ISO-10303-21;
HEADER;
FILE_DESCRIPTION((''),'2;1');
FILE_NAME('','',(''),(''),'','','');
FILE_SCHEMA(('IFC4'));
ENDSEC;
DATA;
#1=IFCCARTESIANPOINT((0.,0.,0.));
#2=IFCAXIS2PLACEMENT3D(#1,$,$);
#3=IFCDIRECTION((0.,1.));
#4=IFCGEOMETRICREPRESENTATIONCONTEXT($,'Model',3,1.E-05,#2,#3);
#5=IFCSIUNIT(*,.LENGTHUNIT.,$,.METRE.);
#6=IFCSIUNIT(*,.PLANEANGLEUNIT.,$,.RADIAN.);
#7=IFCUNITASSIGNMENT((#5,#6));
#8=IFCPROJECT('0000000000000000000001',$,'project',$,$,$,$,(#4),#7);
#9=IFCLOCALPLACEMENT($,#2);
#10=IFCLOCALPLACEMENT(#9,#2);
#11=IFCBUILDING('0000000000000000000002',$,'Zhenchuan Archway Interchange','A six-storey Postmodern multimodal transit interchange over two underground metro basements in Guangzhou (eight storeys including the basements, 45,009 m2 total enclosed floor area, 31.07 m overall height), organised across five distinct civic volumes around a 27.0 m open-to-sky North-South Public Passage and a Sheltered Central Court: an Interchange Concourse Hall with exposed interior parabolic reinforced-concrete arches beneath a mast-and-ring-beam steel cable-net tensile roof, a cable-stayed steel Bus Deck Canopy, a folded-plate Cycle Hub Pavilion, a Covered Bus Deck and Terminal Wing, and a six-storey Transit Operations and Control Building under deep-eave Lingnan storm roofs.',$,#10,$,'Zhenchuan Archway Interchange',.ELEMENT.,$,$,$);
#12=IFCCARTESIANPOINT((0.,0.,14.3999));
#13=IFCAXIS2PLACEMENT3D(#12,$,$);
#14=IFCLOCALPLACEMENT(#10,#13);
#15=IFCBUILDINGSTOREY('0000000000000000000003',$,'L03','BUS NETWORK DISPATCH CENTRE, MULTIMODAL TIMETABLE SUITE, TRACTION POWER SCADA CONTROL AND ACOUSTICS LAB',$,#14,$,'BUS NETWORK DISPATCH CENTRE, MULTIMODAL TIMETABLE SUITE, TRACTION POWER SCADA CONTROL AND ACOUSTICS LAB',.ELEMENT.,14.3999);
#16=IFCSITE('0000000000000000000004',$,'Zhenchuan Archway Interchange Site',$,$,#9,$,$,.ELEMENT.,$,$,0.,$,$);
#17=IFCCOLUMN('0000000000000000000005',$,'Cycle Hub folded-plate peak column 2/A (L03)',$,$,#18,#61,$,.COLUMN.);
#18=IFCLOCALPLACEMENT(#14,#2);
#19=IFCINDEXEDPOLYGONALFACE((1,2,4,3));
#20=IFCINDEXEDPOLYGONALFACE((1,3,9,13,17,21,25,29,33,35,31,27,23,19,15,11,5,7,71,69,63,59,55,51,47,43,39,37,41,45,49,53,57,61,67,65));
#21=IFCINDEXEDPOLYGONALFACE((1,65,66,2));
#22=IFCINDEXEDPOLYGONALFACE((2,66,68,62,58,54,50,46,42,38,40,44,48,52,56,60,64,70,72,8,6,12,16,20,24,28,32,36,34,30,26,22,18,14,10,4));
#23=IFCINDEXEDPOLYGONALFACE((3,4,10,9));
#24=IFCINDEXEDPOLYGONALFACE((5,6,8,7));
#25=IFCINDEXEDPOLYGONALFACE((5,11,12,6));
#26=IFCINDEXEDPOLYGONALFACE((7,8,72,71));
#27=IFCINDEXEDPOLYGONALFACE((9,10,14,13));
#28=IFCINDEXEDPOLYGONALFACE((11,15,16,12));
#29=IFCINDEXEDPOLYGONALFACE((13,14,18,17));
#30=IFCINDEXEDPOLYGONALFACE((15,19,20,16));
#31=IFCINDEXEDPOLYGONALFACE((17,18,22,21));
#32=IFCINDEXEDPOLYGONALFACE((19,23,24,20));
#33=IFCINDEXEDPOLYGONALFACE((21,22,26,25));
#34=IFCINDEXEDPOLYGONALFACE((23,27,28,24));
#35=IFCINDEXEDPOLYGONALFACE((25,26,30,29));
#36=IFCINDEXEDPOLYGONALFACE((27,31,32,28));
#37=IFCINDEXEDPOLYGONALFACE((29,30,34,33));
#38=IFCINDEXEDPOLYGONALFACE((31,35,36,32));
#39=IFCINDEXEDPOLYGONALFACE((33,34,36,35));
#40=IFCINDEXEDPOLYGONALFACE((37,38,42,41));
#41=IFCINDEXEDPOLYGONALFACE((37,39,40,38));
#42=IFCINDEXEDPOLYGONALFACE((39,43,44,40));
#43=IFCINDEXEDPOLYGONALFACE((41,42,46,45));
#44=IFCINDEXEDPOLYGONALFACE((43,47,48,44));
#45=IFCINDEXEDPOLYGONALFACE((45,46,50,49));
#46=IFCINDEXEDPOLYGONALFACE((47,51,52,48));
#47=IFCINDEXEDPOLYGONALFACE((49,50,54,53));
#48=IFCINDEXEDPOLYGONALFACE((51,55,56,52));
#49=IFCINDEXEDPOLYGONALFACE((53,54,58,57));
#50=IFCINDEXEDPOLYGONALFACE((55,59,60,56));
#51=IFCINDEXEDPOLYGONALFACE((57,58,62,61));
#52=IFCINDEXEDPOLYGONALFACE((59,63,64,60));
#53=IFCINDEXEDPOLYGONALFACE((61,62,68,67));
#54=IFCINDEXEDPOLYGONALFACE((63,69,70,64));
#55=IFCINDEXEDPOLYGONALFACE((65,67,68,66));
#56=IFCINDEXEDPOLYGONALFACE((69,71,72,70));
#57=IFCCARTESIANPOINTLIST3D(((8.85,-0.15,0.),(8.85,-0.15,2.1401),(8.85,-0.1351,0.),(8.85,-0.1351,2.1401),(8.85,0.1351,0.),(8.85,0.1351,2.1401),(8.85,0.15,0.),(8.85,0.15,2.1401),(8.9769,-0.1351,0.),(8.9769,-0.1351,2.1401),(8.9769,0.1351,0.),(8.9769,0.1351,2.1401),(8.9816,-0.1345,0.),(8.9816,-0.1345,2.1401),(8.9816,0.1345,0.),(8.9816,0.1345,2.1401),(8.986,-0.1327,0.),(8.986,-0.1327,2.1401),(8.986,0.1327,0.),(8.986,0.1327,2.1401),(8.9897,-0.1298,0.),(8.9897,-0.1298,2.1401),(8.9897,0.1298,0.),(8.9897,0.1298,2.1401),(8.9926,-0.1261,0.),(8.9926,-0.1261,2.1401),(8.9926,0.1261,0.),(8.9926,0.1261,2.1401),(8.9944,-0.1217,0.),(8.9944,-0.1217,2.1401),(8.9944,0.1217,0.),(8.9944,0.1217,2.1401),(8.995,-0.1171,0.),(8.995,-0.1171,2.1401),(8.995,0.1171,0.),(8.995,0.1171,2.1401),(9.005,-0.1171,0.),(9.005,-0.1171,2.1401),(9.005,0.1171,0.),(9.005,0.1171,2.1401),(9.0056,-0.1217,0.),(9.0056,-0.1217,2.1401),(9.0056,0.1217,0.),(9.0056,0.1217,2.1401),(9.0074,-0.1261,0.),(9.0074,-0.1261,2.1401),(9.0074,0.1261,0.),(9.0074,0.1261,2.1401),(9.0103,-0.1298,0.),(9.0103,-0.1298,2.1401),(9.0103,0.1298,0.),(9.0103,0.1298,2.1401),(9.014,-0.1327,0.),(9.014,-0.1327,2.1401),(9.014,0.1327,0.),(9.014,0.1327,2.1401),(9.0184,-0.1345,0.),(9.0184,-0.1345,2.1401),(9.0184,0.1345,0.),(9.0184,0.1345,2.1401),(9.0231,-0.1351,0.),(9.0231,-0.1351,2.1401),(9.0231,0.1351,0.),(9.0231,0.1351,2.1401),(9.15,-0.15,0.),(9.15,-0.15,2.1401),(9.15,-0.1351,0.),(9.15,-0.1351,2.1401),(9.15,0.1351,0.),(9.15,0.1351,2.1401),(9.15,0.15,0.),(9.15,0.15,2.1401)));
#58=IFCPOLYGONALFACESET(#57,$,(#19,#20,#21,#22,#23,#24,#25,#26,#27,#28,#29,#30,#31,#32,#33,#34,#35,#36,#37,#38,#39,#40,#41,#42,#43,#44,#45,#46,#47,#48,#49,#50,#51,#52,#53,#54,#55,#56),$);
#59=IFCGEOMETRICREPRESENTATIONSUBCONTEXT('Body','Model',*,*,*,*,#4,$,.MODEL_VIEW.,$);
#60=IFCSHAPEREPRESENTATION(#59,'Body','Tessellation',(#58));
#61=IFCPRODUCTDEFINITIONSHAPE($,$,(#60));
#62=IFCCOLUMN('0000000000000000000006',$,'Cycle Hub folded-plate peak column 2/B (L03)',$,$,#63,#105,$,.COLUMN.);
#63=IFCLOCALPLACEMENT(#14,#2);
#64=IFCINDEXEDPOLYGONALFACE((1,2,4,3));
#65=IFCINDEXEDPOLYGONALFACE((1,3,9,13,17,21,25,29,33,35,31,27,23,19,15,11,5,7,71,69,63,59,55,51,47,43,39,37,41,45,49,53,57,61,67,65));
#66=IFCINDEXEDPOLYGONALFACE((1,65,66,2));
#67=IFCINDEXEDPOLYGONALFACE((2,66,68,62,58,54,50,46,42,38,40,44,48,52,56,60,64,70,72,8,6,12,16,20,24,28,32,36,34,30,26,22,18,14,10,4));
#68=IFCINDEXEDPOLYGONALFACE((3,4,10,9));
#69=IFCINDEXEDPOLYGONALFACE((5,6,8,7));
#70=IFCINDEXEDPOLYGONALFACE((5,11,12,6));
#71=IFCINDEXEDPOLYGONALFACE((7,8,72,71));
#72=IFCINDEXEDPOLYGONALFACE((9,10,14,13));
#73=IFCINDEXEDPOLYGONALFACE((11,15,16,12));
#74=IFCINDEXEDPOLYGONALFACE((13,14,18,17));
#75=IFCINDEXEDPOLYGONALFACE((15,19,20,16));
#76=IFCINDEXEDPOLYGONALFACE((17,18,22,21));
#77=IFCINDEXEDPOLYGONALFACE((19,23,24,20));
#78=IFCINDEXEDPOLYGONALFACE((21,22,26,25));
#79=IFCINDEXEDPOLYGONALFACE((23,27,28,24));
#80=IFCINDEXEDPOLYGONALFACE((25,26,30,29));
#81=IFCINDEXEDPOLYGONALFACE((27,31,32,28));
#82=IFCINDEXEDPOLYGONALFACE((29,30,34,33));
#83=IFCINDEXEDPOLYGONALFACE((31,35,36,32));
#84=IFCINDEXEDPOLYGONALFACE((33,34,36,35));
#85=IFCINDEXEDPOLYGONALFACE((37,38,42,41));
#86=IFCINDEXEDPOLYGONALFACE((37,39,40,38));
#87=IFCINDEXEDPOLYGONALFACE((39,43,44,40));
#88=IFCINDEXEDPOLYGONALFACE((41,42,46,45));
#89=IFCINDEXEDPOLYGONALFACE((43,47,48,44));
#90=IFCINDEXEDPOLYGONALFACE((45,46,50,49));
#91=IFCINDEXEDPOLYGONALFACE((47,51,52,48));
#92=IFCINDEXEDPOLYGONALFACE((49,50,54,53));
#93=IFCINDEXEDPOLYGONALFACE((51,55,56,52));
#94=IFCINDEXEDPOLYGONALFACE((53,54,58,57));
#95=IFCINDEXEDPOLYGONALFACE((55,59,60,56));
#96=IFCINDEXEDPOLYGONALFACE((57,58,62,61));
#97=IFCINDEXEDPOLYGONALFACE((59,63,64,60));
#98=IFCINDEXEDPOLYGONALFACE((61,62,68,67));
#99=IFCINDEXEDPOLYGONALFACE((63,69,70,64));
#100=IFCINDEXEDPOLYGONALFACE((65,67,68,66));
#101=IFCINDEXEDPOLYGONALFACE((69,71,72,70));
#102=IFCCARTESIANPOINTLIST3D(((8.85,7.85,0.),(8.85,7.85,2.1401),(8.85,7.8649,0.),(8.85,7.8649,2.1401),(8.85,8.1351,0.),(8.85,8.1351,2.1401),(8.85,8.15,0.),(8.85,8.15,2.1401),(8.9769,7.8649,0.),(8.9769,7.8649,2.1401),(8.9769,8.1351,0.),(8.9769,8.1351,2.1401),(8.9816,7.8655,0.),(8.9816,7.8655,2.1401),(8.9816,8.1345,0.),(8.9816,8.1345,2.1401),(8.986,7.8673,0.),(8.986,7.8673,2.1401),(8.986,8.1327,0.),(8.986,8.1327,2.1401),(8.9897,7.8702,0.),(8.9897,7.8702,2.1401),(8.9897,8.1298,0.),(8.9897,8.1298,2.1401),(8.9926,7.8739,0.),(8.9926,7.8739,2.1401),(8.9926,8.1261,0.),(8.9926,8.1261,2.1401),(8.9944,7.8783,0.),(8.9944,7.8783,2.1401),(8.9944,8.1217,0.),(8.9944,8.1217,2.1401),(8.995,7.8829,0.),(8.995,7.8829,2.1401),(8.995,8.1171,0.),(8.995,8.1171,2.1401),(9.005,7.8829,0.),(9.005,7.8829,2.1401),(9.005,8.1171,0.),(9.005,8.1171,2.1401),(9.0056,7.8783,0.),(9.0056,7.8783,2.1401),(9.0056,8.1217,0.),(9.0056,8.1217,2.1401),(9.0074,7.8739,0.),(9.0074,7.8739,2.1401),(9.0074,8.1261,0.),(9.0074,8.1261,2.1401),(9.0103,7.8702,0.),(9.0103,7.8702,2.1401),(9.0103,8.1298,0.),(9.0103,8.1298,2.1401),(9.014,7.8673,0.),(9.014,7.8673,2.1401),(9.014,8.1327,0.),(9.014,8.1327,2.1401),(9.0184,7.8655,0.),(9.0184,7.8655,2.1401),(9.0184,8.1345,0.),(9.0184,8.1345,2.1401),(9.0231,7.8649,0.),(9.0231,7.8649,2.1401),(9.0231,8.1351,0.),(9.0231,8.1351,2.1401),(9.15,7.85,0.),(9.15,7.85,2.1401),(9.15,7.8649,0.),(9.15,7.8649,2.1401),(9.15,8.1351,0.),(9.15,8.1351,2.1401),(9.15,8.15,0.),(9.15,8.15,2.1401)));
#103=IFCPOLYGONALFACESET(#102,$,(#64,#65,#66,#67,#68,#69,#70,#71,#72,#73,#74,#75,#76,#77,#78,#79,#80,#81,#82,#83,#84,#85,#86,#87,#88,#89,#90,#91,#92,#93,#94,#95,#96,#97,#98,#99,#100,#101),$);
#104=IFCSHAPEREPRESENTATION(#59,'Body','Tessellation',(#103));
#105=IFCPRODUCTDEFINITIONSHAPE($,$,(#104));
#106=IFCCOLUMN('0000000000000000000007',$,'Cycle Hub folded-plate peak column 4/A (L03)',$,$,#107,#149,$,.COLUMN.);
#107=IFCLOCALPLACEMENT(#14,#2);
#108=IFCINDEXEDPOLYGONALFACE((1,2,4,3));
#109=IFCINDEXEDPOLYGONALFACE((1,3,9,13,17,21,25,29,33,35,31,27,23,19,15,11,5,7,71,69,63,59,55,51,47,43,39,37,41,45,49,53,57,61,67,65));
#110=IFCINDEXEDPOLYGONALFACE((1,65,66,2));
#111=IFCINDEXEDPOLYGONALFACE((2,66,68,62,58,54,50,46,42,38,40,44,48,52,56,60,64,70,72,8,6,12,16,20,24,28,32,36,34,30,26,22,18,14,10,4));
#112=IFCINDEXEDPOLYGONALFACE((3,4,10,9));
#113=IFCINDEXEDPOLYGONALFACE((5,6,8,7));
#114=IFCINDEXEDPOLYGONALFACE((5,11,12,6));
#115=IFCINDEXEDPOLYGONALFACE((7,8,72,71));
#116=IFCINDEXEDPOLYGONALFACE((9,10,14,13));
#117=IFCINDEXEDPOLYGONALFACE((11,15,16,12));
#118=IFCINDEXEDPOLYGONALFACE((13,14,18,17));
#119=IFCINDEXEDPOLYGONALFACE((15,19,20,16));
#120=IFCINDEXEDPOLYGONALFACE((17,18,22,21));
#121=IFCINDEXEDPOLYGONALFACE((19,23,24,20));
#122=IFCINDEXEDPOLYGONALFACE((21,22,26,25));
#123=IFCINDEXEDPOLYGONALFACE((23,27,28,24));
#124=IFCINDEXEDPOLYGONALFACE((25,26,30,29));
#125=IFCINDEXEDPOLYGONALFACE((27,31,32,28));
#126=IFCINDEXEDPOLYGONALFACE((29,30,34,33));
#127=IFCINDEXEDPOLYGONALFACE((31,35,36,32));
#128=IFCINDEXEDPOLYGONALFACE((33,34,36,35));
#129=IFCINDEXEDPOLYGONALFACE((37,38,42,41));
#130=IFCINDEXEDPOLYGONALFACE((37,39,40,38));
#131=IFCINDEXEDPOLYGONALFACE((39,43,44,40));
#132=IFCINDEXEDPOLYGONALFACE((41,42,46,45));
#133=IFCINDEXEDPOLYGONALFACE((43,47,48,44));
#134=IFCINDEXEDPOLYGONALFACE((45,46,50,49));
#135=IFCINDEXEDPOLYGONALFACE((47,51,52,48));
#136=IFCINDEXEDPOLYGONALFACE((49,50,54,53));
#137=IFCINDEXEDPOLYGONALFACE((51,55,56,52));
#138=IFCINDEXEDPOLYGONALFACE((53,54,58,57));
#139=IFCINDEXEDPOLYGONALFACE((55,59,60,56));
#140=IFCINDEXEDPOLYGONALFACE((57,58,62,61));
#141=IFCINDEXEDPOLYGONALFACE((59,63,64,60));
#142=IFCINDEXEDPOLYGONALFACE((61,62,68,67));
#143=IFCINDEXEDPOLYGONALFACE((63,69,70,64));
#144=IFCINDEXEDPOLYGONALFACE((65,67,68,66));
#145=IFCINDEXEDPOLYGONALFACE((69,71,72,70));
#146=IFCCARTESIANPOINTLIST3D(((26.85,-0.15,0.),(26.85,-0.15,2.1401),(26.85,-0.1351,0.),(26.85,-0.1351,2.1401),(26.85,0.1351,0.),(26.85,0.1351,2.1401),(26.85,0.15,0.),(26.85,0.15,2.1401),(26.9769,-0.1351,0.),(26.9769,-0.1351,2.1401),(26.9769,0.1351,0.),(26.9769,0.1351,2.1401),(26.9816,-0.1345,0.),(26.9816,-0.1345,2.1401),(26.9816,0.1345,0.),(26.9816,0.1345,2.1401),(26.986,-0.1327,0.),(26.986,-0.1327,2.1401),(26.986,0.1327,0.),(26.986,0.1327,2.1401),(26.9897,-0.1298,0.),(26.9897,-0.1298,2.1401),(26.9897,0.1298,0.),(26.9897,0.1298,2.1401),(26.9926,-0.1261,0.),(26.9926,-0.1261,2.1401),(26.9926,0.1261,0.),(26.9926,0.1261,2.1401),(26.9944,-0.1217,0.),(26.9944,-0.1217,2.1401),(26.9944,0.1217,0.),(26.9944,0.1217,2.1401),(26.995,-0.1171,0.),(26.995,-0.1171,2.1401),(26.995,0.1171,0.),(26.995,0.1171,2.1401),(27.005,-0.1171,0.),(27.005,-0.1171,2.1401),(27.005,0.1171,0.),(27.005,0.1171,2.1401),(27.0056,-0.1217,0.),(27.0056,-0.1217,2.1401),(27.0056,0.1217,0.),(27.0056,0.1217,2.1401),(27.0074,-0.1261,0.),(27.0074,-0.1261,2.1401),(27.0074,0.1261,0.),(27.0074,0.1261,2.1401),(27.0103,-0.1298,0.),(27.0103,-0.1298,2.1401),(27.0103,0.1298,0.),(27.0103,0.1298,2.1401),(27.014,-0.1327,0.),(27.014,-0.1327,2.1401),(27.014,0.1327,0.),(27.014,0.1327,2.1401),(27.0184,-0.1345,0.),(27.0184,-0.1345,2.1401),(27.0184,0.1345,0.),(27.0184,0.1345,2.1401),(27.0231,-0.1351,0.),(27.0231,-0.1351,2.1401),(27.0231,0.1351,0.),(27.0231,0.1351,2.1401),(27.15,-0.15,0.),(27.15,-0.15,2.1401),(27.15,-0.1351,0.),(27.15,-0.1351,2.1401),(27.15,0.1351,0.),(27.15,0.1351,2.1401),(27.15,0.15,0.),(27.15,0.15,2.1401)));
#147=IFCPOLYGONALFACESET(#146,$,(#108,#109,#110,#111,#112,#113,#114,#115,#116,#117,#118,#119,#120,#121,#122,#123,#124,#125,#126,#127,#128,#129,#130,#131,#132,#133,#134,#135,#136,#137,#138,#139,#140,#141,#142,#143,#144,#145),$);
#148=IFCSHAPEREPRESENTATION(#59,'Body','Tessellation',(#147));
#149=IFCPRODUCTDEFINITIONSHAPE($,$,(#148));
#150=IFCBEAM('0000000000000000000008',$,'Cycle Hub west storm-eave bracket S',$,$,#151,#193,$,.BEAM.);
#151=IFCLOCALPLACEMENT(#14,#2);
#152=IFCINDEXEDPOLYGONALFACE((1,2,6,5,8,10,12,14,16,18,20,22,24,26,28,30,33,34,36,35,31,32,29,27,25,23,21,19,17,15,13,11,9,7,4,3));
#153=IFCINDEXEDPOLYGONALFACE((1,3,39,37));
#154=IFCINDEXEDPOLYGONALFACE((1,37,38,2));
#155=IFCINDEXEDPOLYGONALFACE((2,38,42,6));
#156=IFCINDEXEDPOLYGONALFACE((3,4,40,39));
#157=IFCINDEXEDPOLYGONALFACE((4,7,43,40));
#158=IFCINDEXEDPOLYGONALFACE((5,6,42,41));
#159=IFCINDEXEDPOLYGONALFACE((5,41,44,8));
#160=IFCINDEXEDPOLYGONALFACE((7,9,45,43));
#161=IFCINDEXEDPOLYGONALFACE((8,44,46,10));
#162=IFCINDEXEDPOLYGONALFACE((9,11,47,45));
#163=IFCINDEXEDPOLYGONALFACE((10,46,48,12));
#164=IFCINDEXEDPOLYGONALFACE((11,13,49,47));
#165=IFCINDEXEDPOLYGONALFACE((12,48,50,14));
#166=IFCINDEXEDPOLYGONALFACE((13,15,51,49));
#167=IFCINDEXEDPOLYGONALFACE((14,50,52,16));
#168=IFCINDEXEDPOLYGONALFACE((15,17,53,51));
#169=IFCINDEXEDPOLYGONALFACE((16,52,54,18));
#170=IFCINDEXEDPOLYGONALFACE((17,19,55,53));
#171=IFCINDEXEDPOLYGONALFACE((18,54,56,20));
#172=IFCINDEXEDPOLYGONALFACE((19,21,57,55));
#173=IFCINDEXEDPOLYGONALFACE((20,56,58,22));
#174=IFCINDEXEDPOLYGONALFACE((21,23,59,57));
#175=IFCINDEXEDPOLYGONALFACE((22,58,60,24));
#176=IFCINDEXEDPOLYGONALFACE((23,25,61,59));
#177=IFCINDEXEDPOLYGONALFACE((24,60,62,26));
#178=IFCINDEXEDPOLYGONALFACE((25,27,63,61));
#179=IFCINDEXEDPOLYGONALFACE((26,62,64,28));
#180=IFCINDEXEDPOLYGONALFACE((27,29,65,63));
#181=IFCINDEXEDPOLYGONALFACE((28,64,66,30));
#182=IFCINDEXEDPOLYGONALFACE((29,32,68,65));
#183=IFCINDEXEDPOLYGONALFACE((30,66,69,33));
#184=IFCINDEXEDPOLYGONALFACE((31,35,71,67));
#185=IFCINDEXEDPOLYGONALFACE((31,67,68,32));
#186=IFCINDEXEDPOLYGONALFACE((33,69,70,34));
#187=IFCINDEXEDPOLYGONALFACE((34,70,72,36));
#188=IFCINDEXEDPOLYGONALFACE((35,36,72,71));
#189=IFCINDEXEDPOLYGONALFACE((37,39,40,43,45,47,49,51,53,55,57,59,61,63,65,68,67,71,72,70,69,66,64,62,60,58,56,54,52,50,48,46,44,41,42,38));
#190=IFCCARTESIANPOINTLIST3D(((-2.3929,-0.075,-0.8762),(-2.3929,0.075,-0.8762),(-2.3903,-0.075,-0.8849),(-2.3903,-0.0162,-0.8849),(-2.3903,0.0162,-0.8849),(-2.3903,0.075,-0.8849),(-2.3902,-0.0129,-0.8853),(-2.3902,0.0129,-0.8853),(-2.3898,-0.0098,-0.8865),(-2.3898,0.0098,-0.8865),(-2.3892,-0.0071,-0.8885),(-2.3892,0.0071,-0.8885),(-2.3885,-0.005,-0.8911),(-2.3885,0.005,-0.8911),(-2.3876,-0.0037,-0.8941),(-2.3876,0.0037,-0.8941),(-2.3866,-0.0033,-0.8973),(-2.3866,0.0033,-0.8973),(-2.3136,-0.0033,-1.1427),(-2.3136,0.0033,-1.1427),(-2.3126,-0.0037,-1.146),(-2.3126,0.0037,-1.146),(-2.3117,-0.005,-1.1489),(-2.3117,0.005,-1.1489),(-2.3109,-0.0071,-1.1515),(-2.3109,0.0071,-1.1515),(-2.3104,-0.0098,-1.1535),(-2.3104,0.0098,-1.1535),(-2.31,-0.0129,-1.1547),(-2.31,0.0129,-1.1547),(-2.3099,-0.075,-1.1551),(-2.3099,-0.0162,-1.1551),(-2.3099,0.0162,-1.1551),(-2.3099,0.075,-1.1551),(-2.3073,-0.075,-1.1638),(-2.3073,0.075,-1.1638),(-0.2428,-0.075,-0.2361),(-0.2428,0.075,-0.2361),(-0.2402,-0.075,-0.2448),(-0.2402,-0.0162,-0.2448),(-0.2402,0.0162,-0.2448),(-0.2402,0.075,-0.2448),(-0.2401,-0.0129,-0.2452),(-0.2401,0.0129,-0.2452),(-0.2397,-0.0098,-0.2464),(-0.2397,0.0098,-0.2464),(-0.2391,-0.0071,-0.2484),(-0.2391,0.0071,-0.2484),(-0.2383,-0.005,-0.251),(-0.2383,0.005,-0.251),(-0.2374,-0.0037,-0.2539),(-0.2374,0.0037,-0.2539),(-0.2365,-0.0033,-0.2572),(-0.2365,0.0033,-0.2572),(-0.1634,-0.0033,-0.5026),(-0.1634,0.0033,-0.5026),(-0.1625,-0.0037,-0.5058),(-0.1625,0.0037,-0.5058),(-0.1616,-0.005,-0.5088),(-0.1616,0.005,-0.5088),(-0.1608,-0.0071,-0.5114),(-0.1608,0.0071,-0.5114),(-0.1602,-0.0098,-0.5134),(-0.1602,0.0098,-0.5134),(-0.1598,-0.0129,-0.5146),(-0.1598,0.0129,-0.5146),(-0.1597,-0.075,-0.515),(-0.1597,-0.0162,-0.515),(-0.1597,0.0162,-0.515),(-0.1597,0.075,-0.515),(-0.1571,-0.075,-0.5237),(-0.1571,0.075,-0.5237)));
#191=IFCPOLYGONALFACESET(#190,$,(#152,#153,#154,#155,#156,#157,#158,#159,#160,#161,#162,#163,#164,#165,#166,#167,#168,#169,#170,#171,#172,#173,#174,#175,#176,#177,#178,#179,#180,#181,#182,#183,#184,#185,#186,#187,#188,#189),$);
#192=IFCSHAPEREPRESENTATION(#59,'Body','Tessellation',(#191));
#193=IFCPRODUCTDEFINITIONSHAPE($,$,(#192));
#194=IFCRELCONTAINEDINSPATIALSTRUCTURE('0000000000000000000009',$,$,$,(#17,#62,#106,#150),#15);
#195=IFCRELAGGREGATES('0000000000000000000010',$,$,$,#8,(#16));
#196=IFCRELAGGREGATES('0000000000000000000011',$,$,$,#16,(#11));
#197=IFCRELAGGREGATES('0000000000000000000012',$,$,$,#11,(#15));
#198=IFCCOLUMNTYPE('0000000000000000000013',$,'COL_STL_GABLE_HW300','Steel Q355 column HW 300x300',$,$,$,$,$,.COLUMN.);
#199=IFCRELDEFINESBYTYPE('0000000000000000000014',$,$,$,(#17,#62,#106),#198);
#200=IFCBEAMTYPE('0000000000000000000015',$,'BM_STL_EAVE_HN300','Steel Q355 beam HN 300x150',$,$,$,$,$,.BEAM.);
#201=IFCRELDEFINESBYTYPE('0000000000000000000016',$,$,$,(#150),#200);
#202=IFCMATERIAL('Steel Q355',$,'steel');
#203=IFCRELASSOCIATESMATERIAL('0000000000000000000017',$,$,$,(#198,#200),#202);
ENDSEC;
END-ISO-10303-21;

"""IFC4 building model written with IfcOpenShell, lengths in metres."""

from ifc_helpers import new_model, si_unit, direction, frame, origin, origin_2d, place, context, subcontext, project, spatial, i_section, extrude, material, material_profile, profile_set, type_object, element, save


model = new_model("IFC4")

# Units and contexts
model_context = context("Model", 3, precision=1e-05, world=origin(), true_north=direction((0.0, 1.0)))
body_context = subcontext(model_context, "Body", "Model", "MODEL_VIEW")
ifc_project = project(units=[si_unit("LENGTHUNIT", "METRE"), si_unit("PLANEANGLEUNIT", "RADIAN")], contexts=[model_context])

# Site, building, storey
site_placement = place(None, origin())
site = spatial("IfcSite", under=ifc_project, at=site_placement, Name="Zhenchuan Archway Interchange Site", CompositionType="ELEMENT", RefElevation=0.0)
building_placement = place(site_placement, origin())
building = spatial("IfcBuilding", under=site, at=building_placement, Name="Zhenchuan Archway Interchange", Description="A six-storey Postmodern multimodal transit interchange over two underground metro basements in Guangzhou (eight storeys including the basements, 45,009 m2 total enclosed floor area, 31.07 m overall height), organised across five distinct civic volumes around a 27.0 m open-to-sky North-South Public Passage and a Sheltered Central Court: an Interchange Concourse Hall with exposed interior parabolic reinforced-concrete arches beneath a mast-and-ring-beam steel cable-net tensile roof, a cable-stayed steel Bus Deck Canopy, a folded-plate Cycle Hub Pavilion, a Covered Bus Deck and Terminal Wing, and a six-storey Transit Operations and Control Building under deep-eave Lingnan storm roofs.", LongName="Zhenchuan Archway Interchange", CompositionType="ELEMENT")
storey_placement = place(building_placement, frame((0.0, 0.0, 14.3999)))
storey = spatial("IfcBuildingStorey", under=building, at=storey_placement, Name="L03", Description="BUS NETWORK DISPATCH CENTRE, MULTIMODAL TIMETABLE SUITE, TRACTION POWER SCADA CONTROL AND ACOUSTICS LAB", LongName="BUS NETWORK DISPATCH CENTRE, MULTIMODAL TIMETABLE SUITE, TRACTION POWER SCADA CONTROL AND ACOUSTICS LAB", CompositionType="ELEMENT", Elevation=14.3999)

# Columns
ifc_material_1 = material(Name="Steel Q355", Category="steel")
ifc_material_profile_1 = material_profile(ifc_material_1, i_section(OverallWidth=0.3, OverallDepth=0.3, WebThickness=0.01, FlangeThickness=0.0149, FilletRadius=0.0181, at=origin_2d()), Name="HW 300x300")
ifc_profile_set_1 = profile_set([ifc_material_profile_1], Name="Steel Q355")
column_type = type_object("IfcColumnType", Name="COL_STL_GABLE_HW300", Description="Steel Q355 column HW 300x300", PredefinedType="COLUMN", material=ifc_profile_set_1)
for number, where, z_axis, x_axis, name in (
    (1, (9.0, 0.0, 0.0), (0.0, 0.0, 1.0), (1.0, 0.0, 0.0), "Cycle Hub folded-plate peak column 2/A (L03)"),
    (2, (9.0, 8.0, 0.0), (0.0, 0.0, 1.0), (1.0, 0.0, 0.0), "Cycle Hub folded-plate peak column 2/B (L03)"),
    (3, (27.0, 0.0, 0.0), (0.0, 0.0, 1.0), (1.0, 0.0, 0.0), "Cycle Hub folded-plate peak column 4/A (L03)"),
):
    element("IfcColumn", number, at=place(storey_placement, frame(where, z_axis=z_axis, x_axis=x_axis)), inside=storey, type_object=column_type, Name=name, PredefinedType="COLUMN", context=body_context, shape_type="SweptSolid", body=[
        extrude(i_section(OverallWidth=0.3, OverallDepth=0.3, WebThickness=0.01, FlangeThickness=0.0149, FilletRadius=0.0181, at=origin_2d()), origin(), (0.0, 0.0, 1.0), 2.1401),
    ])

# Beam
ifc_material_profile_2 = material_profile(ifc_material_1, i_section(OverallWidth=0.1499, OverallDepth=0.3, WebThickness=0.0066, FlangeThickness=0.009, FilletRadius=0.0129, at=origin_2d()), Name="HN 300x150")
ifc_profile_set_2 = profile_set([ifc_material_profile_2], Name="Steel Q355")
beam_type_1 = type_object("IfcBeamType", Name="BM_STL_EAVE_HN300", Description="Steel Q355 beam HN 300x150", PredefinedType="BEAM", material=ifc_profile_set_2)
for number, where, z_axis, x_axis, name in (
    (4, (-0.2, 0.0, -0.3799), (-0.958426, 0.0, -0.28534), (0.0, -1.0, 0.0), "Cycle Hub west storm-eave bracket S"),
):
    element("IfcBeam", number, at=place(storey_placement, frame(where, z_axis=z_axis, x_axis=x_axis)), inside=storey, type_object=beam_type_1, Name=name, PredefinedType="BEAM", context=body_context, shape_type="SweptSolid", body=[
        extrude(i_section(OverallWidth=0.1499, OverallDepth=0.3, WebThickness=0.0066, FlangeThickness=0.009, FilletRadius=0.0129, at=origin_2d()), origin(), (0.0, 0.0, 1.0), 2.2434),
    ])

save(model, "model.ifc")
